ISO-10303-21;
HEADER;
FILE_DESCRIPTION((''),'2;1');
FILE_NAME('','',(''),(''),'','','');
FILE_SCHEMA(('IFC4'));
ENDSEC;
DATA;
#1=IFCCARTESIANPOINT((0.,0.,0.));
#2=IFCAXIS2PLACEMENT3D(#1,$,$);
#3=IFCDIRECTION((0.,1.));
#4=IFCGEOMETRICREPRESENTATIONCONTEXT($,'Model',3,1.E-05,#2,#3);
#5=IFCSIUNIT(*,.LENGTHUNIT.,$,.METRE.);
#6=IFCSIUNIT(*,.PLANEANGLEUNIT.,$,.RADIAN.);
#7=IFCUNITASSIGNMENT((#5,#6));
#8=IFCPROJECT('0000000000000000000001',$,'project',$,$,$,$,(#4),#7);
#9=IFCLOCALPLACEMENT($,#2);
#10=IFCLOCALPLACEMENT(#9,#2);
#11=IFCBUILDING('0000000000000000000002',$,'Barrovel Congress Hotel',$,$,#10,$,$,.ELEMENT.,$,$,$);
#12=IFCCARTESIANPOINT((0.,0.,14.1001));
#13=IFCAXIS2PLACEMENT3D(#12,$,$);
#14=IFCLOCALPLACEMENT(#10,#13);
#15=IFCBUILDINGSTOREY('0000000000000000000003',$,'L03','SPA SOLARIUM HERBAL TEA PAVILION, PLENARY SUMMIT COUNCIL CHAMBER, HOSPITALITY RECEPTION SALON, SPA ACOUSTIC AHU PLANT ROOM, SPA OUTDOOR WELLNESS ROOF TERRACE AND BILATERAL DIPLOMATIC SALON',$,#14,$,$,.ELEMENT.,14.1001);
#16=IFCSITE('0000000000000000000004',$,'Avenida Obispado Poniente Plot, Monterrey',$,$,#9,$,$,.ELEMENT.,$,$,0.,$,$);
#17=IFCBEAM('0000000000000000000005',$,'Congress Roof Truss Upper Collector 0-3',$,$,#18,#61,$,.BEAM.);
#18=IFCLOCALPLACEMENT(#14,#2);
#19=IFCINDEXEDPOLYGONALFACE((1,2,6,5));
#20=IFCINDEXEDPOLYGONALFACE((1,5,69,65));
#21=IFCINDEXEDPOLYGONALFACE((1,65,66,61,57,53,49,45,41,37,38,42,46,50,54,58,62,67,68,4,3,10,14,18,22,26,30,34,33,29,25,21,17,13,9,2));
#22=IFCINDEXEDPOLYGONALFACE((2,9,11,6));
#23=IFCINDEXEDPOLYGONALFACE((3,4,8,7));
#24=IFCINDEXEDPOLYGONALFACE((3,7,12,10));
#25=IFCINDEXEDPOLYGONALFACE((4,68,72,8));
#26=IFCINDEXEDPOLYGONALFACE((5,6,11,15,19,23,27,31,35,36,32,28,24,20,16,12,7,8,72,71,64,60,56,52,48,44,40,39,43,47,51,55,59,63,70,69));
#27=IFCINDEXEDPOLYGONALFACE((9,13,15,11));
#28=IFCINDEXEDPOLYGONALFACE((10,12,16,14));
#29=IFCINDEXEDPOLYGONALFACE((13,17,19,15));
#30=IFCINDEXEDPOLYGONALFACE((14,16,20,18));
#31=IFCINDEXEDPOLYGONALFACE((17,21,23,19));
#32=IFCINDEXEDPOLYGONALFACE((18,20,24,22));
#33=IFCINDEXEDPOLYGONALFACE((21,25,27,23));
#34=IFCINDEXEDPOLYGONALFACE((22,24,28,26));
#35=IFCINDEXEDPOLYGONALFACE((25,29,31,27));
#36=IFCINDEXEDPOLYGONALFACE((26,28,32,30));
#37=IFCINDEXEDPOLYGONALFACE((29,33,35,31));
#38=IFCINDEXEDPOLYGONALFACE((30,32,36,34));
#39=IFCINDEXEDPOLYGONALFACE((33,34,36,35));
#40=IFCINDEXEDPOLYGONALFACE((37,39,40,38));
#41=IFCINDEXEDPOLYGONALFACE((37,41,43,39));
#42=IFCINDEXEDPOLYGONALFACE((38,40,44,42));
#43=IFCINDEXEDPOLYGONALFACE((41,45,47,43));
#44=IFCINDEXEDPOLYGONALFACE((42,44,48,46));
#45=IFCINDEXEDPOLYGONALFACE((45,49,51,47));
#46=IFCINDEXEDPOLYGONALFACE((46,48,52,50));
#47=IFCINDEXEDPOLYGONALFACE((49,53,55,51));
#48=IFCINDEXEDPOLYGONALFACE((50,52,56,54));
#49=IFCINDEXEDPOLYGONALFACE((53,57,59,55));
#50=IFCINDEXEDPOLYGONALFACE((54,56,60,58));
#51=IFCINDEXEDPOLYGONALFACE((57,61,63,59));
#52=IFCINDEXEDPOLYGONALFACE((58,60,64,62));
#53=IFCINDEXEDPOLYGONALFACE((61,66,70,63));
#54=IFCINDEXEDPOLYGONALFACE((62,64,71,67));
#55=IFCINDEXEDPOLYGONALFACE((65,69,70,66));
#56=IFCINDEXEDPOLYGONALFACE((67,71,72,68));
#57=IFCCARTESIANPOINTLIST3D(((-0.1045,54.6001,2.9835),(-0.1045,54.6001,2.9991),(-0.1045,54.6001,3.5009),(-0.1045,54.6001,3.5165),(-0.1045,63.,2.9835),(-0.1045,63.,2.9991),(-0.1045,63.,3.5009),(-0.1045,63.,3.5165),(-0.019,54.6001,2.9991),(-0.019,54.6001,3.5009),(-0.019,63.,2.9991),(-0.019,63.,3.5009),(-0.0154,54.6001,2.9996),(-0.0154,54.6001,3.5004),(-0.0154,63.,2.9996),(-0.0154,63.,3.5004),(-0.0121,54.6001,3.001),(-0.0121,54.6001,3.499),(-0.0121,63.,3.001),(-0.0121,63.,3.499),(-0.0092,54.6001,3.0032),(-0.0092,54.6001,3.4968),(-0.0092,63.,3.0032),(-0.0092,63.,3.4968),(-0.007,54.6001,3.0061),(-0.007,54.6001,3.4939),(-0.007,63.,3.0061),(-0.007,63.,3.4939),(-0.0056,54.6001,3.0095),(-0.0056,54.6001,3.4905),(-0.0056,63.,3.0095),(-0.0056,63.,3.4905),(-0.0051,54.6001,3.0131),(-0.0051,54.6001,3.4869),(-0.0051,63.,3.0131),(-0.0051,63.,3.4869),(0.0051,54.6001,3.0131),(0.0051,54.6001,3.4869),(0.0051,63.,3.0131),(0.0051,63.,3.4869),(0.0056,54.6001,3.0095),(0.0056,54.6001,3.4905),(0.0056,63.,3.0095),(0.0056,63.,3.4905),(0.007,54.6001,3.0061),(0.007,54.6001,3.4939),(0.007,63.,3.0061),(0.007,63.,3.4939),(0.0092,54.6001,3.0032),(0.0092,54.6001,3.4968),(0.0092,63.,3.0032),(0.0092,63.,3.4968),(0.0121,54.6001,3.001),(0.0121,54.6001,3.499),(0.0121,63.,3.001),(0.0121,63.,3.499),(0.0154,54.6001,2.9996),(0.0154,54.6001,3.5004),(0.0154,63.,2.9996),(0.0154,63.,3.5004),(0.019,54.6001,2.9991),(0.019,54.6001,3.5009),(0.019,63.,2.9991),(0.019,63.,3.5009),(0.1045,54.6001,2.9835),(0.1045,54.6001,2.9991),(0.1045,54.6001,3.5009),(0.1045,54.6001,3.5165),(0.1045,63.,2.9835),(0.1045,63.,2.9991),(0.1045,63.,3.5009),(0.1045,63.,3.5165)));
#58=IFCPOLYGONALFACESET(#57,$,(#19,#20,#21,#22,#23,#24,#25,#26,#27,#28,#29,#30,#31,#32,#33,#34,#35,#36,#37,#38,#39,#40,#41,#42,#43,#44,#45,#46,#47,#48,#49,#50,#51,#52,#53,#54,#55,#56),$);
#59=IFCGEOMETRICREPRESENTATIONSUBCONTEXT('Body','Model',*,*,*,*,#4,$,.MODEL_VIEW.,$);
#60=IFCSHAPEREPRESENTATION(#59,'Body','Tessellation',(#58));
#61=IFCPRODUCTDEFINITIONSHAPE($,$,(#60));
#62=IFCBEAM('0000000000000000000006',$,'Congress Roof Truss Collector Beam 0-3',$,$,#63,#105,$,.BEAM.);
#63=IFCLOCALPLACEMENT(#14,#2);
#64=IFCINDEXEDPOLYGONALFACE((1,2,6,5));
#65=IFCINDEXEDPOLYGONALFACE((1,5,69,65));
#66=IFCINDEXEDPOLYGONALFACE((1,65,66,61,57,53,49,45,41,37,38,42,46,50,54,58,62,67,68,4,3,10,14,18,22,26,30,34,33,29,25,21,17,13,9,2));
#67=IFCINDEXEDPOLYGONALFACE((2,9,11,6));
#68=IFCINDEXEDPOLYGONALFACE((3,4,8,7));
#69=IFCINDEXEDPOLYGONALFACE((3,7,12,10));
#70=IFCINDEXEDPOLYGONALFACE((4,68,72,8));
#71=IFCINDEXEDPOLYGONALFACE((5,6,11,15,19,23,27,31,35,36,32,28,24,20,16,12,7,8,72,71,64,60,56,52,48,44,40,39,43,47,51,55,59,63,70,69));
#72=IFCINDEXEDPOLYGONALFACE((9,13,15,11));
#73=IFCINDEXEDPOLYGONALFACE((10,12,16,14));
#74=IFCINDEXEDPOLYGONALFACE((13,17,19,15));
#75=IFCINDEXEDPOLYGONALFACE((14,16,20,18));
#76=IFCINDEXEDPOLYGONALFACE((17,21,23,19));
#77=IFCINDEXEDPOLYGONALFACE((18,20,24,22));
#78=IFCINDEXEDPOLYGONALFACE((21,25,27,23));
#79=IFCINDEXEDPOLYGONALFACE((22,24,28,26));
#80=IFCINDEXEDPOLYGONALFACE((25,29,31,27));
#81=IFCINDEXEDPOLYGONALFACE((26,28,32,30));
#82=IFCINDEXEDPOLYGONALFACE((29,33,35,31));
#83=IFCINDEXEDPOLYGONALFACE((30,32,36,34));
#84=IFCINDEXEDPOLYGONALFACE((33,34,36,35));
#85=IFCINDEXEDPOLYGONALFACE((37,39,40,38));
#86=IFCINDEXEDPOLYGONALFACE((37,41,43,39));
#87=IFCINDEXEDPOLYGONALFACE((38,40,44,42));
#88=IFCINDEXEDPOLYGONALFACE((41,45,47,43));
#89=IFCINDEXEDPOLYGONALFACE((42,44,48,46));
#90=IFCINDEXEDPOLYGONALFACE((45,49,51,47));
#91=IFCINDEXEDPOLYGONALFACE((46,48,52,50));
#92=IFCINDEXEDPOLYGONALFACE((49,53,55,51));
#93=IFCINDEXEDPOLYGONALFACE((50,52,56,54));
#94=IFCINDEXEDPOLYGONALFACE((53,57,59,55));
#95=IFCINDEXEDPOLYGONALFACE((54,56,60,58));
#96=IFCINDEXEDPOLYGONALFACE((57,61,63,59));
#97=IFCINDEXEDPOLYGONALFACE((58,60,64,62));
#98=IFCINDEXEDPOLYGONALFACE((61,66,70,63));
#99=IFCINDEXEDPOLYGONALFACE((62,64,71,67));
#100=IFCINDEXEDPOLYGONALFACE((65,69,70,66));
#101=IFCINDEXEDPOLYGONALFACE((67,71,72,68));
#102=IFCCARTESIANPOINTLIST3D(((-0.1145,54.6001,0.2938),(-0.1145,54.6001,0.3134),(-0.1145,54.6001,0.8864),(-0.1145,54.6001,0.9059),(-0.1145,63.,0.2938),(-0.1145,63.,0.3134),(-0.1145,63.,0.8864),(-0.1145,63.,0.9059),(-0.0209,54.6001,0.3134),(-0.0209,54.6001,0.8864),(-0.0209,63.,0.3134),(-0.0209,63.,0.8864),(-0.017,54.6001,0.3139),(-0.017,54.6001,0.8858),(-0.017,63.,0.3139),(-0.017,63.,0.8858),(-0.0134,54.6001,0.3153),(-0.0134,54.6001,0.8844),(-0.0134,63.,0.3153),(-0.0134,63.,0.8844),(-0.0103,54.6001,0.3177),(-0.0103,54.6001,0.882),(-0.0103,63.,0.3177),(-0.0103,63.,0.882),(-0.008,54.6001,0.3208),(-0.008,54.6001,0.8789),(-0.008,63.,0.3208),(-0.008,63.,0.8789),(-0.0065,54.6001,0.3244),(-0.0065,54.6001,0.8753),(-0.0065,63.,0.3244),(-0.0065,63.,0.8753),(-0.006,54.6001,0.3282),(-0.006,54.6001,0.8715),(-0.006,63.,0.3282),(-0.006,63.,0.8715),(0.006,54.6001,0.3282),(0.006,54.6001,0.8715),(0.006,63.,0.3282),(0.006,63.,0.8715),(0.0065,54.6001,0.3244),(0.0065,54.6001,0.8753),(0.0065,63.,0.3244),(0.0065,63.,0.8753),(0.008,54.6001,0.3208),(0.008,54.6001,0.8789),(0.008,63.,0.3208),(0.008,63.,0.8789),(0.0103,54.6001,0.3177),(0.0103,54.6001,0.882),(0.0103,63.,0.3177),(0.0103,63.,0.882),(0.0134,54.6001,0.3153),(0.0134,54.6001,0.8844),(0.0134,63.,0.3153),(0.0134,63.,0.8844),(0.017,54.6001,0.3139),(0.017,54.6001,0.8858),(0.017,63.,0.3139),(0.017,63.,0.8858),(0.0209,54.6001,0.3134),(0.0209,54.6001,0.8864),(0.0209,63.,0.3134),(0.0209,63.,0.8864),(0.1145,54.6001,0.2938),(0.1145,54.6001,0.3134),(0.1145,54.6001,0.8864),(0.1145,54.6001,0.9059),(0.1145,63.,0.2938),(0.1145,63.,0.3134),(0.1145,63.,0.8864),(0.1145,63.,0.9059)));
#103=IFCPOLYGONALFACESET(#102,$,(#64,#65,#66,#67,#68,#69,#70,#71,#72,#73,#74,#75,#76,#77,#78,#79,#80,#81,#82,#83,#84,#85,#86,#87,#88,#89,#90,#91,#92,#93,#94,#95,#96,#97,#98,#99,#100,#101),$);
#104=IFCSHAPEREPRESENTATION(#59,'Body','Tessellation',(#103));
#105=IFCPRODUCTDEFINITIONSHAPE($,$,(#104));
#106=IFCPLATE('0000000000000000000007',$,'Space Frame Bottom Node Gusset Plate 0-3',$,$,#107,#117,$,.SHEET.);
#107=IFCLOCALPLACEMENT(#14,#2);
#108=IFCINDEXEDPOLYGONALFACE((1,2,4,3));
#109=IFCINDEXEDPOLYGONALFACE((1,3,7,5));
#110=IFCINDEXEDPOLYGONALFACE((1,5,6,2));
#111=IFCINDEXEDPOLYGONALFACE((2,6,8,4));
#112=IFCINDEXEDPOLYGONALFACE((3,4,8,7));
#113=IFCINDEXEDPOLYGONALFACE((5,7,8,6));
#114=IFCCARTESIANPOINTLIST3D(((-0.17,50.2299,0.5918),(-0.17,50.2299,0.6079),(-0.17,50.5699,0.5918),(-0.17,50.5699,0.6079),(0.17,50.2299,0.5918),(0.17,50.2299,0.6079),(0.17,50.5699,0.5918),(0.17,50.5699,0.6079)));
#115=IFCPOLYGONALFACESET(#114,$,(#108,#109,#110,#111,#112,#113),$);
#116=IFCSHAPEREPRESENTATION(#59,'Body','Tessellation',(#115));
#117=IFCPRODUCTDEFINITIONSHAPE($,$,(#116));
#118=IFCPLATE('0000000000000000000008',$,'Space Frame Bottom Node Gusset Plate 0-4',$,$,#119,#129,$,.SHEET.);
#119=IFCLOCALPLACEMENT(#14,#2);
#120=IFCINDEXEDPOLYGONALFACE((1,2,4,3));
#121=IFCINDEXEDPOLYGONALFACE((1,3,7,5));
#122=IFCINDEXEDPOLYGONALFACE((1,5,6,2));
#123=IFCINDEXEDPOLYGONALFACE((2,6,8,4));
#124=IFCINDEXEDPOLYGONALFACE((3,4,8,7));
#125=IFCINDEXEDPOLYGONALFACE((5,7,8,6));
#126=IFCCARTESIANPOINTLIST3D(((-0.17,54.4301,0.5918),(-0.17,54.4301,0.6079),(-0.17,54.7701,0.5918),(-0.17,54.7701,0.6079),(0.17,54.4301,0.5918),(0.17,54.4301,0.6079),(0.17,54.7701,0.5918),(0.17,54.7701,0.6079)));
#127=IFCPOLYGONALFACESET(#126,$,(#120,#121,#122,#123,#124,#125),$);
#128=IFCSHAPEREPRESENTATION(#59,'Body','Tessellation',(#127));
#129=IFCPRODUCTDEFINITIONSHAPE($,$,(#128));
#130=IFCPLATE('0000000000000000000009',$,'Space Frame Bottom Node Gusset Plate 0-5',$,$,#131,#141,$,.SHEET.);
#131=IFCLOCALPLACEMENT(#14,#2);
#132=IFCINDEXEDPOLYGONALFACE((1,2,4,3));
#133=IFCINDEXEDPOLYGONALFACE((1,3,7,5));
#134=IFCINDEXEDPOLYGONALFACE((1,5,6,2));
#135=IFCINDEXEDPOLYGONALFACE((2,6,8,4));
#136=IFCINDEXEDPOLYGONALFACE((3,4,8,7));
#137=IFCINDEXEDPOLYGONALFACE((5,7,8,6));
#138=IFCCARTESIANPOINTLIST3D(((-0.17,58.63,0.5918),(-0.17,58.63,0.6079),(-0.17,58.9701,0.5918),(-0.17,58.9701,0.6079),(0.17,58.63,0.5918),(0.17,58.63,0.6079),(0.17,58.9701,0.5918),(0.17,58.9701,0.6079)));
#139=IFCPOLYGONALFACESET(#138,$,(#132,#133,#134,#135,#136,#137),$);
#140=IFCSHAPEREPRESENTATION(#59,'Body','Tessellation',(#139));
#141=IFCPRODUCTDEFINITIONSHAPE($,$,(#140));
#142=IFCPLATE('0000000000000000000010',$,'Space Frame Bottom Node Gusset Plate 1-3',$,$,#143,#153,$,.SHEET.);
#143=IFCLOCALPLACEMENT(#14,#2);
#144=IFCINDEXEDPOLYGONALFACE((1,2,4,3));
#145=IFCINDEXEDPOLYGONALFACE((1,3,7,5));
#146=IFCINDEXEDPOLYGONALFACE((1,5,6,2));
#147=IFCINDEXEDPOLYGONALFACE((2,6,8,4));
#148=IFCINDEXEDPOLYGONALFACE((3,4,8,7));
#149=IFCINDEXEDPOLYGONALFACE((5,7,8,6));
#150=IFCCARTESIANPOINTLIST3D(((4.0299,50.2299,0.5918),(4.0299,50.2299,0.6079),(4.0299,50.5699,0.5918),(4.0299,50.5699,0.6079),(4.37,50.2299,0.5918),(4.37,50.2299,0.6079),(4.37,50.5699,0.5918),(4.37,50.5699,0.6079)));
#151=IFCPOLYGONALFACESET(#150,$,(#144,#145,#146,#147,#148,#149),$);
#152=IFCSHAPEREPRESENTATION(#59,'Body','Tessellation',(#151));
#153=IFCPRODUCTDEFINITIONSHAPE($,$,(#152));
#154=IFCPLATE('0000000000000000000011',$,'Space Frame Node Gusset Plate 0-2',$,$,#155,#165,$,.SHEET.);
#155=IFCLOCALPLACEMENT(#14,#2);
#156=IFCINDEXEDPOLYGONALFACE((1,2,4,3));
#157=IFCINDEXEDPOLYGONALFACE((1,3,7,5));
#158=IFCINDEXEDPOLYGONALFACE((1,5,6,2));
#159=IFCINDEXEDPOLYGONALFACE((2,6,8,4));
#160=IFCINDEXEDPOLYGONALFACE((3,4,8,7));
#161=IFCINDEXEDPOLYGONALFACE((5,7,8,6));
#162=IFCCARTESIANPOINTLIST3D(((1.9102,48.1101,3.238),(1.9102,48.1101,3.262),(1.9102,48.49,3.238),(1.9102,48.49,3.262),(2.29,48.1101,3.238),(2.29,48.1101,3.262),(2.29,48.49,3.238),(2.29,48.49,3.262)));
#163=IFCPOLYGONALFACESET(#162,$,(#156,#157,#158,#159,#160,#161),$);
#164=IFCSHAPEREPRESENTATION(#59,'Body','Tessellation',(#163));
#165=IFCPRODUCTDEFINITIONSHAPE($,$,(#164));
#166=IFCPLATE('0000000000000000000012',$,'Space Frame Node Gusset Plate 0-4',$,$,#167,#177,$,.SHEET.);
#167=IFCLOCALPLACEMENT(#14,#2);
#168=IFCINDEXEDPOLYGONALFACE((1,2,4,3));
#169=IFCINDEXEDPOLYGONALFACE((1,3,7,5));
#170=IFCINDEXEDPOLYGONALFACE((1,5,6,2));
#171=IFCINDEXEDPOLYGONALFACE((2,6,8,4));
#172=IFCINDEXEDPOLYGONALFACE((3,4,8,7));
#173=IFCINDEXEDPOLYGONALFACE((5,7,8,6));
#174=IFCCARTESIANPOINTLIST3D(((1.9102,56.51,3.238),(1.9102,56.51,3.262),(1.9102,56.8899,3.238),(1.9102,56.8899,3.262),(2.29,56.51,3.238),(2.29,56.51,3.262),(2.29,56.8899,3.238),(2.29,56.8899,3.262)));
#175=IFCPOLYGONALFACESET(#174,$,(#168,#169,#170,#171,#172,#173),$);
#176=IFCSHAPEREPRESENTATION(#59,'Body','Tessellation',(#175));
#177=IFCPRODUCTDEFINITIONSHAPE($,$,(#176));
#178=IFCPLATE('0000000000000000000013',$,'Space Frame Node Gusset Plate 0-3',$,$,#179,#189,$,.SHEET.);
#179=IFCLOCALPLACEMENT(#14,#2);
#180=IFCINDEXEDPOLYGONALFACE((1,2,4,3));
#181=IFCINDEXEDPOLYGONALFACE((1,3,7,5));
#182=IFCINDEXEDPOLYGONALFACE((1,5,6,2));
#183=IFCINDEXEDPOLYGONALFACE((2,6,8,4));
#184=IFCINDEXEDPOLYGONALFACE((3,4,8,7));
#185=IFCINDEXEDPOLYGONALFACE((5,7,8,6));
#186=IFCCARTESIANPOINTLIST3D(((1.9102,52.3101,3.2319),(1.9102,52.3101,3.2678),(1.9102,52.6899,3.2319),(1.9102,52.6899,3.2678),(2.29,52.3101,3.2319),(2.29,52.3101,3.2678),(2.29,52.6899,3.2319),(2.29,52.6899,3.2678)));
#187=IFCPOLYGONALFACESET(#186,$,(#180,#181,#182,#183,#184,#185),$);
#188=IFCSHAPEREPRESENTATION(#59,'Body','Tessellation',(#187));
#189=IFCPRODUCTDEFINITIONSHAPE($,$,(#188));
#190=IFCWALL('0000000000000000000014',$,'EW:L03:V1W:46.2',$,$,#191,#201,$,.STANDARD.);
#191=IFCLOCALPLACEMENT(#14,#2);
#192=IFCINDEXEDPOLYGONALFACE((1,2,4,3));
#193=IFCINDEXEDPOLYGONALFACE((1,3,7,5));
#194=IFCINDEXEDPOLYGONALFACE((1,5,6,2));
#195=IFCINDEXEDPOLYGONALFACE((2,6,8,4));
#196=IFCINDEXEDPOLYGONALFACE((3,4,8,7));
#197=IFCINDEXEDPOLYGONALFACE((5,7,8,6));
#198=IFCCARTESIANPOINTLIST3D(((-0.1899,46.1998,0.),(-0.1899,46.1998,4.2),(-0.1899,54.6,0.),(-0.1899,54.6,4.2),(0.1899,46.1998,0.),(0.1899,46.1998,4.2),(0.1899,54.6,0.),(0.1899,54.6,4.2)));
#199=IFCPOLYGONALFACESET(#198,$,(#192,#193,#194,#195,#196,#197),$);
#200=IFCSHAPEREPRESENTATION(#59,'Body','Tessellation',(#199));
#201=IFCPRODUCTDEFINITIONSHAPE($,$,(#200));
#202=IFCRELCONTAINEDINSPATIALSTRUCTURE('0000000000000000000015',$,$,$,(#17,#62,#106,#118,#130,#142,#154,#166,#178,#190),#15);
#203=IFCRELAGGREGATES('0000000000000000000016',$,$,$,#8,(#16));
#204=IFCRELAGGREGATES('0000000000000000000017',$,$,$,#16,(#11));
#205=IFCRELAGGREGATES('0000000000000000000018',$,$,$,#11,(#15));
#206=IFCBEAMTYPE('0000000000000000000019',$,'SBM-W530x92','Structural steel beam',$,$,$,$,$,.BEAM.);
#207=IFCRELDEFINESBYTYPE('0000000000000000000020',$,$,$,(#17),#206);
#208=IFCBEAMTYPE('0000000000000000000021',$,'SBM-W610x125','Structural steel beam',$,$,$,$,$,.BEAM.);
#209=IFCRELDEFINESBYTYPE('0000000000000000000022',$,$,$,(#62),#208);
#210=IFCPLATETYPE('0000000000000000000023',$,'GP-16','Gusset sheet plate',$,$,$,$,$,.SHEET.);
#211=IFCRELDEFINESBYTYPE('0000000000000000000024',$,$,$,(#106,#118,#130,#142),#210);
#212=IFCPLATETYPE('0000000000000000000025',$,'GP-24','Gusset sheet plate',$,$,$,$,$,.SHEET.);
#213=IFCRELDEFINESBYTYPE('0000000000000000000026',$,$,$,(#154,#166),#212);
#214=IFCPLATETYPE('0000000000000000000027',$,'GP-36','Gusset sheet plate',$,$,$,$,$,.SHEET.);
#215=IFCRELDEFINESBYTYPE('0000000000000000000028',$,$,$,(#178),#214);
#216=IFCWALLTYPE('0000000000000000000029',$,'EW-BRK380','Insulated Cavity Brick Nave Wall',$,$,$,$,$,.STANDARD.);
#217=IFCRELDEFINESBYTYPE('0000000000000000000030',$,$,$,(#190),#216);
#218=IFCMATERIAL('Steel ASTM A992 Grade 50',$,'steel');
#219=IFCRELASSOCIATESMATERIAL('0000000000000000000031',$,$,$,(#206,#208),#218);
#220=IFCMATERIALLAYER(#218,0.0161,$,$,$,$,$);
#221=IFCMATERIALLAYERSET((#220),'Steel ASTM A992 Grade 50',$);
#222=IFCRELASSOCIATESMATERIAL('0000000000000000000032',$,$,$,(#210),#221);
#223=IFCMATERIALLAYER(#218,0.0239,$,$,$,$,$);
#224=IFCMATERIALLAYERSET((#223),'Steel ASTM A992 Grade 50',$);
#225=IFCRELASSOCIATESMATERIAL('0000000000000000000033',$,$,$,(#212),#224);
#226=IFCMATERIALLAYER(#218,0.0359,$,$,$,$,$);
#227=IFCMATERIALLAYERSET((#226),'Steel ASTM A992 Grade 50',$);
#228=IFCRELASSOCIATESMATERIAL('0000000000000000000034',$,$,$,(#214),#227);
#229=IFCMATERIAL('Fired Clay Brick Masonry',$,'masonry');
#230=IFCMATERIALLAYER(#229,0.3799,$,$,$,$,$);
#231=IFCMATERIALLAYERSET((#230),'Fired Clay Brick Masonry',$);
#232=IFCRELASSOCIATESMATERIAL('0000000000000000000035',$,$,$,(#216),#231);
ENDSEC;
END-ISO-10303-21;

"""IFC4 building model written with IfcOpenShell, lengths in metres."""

from ifc_helpers import new_model, si_unit, direction, frame, frame_2d, origin, origin_2d, place, context, subcontext, project, spatial, rectangle, i_section, extrude, material, layer, layer_set, material_profile, profile_set, type_object, element, save


model = new_model("IFC4")

# Units and contexts
model_context = context("Model", 3, precision=1e-05, world=origin(), true_north=direction((0.0, 1.0)))
body_context = subcontext(model_context, "Body", "Model", "MODEL_VIEW")
ifc_project = project(units=[si_unit("LENGTHUNIT", "METRE"), si_unit("PLANEANGLEUNIT", "RADIAN")], contexts=[model_context])

# Site, building, storey
site_placement = place(None, origin())
site = spatial("IfcSite", under=ifc_project, at=site_placement, Name="Avenida Obispado Poniente Plot, Monterrey", CompositionType="ELEMENT", RefElevation=0.0)
building_placement = place(site_placement, origin())
building = spatial("IfcBuilding", under=site, at=building_placement, Name="Barrovel Congress Hotel", CompositionType="ELEMENT")
storey_placement = place(building_placement, frame((0.0, 0.0, 14.1001)))
storey = spatial("IfcBuildingStorey", under=building, at=storey_placement, Name="L03", Description="SPA SOLARIUM HERBAL TEA PAVILION, PLENARY SUMMIT COUNCIL CHAMBER, HOSPITALITY RECEPTION SALON, SPA ACOUSTIC AHU PLANT ROOM, SPA OUTDOOR WELLNESS ROOF TERRACE AND BILATERAL DIPLOMATIC SALON", CompositionType="ELEMENT", Elevation=14.1001)

# Beams
ifc_material_1 = material(Name="Steel ASTM A992 Grade 50", Category="steel")
ifc_material_profile_1 = material_profile(ifc_material_1, i_section(OverallWidth=0.209, OverallDepth=0.533, WebThickness=0.0103, FlangeThickness=0.0156, FilletRadius=0.0139, at=origin_2d()), Name="W530x92")
ifc_profile_set_1 = profile_set([ifc_material_profile_1], Name="Steel ASTM A992 Grade 50")
beam_type_1 = type_object("IfcBeamType", Name="SBM-W530x92", Description="Structural steel beam", PredefinedType="BEAM", material=ifc_profile_set_1)
beam_1_placement = place(storey_placement, frame((0.0, 54.6001, 3.25), z_axis=(0.0, 1.0, 0.0), x_axis=(-1.0, 0.0, 0.0)))
element("IfcBeam", 1, at=beam_1_placement, inside=storey, type_object=beam_type_1, Name="Congress Roof Truss Upper Collector 0-3", PredefinedType="BEAM", context=body_context, shape_type="SweptSolid", body=[
    extrude(i_section(OverallWidth=0.209, OverallDepth=0.533, WebThickness=0.0103, FlangeThickness=0.0156, FilletRadius=0.0139, at=origin_2d()), origin(), (0.0, 0.0, 1.0), 8.3999),
])
ifc_material_profile_2 = material_profile(ifc_material_1, i_section(OverallWidth=0.229, OverallDepth=0.6121, WebThickness=0.012, FlangeThickness=0.0195, FilletRadius=0.0149, at=origin_2d()), Name="W610x125")
ifc_profile_set_2 = profile_set([ifc_material_profile_2], Name="Steel ASTM A992 Grade 50")
beam_type_2 = type_object("IfcBeamType", Name="SBM-W610x125", Description="Structural steel beam", PredefinedType="BEAM", material=ifc_profile_set_2)
beam_2_placement = place(storey_placement, frame((0.0, 54.6001, 0.5999), z_axis=(0.0, 1.0, 0.0), x_axis=(-1.0, 0.0, 0.0)))
element("IfcBeam", 2, at=beam_2_placement, inside=storey, type_object=beam_type_2, Name="Congress Roof Truss Collector Beam 0-3", PredefinedType="BEAM", context=body_context, shape_type="SweptSolid", body=[
    extrude(i_section(OverallWidth=0.229, OverallDepth=0.6121, WebThickness=0.012, FlangeThickness=0.0195, FilletRadius=0.0149, at=origin_2d()), origin(), (0.0, 0.0, 1.0), 8.3999),
])

# Plates
ifc_layer_1 = layer(ifc_material_1, 0.0161)
ifc_layer_set_1 = layer_set([ifc_layer_1], Name="Steel ASTM A992 Grade 50")
plate_type_1 = type_object("IfcPlateType", Name="GP-16", Description="Gusset sheet plate", PredefinedType="SHEET", material=ifc_layer_set_1)
for number, where, z_axis, x_axis, name in (
    (3, (0.0, 50.3999, 0.5918), (0.0, 0.0, 1.0), (1.0, 0.0, 0.0), "Space Frame Bottom Node Gusset Plate 0-3"),
    (4, (0.0, 54.6001, 0.5918), (0.0, 0.0, 1.0), (1.0, 0.0, 0.0), "Space Frame Bottom Node Gusset Plate 0-4"),
    (5, (0.0, 58.8, 0.5918), (0.0, 0.0, 1.0), (1.0, 0.0, 0.0), "Space Frame Bottom Node Gusset Plate 0-5"),
    (6, (4.2, 50.3999, 0.5918), (0.0, 0.0, 1.0), (1.0, 0.0, 0.0), "Space Frame Bottom Node Gusset Plate 1-3"),
):
    element("IfcPlate", number, at=place(storey_placement, frame(where, z_axis=z_axis, x_axis=x_axis)), inside=storey, type_object=plate_type_1, Name=name, PredefinedType="SHEET", context=body_context, shape_type="SweptSolid", body=[
        extrude(rectangle(XDim=0.3401, YDim=0.3401, at=origin_2d()), origin(), (0.0, 0.0, 1.0), 0.0161),
    ])
ifc_layer_2 = layer(ifc_material_1, 0.0239)
ifc_layer_set_2 = layer_set([ifc_layer_2], Name="Steel ASTM A992 Grade 50")
plate_type_2 = type_object("IfcPlateType", Name="GP-24", Description="Gusset sheet plate", PredefinedType="SHEET", material=ifc_layer_set_2)
for number, where, z_axis, x_axis, name in (
    (7, (2.1001, 48.3, 3.238), (0.0, 0.0, 1.0), (1.0, 0.0, 0.0), "Space Frame Node Gusset Plate 0-2"),
    (8, (2.1001, 56.7, 3.238), (0.0, 0.0, 1.0), (1.0, 0.0, 0.0), "Space Frame Node Gusset Plate 0-4"),
):
    element("IfcPlate", number, at=place(storey_placement, frame(where, z_axis=z_axis, x_axis=x_axis)), inside=storey, type_object=plate_type_2, Name=name, PredefinedType="SHEET", context=body_context, shape_type="SweptSolid", body=[
        extrude(rectangle(XDim=0.3799, YDim=0.3799, at=origin_2d()), origin(), (0.0, 0.0, 1.0), 0.0239),
    ])
ifc_layer_3 = layer(ifc_material_1, 0.0359)
ifc_layer_set_3 = layer_set([ifc_layer_3], Name="Steel ASTM A992 Grade 50")
plate_type_3 = type_object("IfcPlateType", Name="GP-36", Description="Gusset sheet plate", PredefinedType="SHEET", material=ifc_layer_set_3)
plate_placement = place(storey_placement, frame((2.1001, 52.5, 3.2319), z_axis=(0.0, 0.0, 1.0), x_axis=(1.0, 0.0, 0.0)))
element("IfcPlate", 9, at=plate_placement, inside=storey, type_object=plate_type_3, Name="Space Frame Node Gusset Plate 0-3", PredefinedType="SHEET", context=body_context, shape_type="SweptSolid", body=[
    extrude(rectangle(XDim=0.3799, YDim=0.3799, at=origin_2d()), origin(), (0.0, 0.0, 1.0), 0.0359),
])

# Wall
ifc_material_2 = material(Name="Fired Clay Brick Masonry", Category="masonry")
ifc_layer_4 = layer(ifc_material_2, 0.3799)
ifc_layer_set_4 = layer_set([ifc_layer_4], Name="Fired Clay Brick Masonry")
wall_type = type_object("IfcWallType", Name="EW-BRK380", Description="Insulated Cavity Brick Nave Wall", PredefinedType="STANDARD", material=ifc_layer_set_4)
wall_placement = place(storey_placement, frame((0.0, 54.6001, 0.0), z_axis=(0.0, 0.0, 1.0), x_axis=(0.0, -1.0, 0.0)))
element("IfcWall", 10, at=wall_placement, inside=storey, type_object=wall_type, Name="EW:L03:V1W:46.2", PredefinedType="STANDARD", context=body_context, shape_type="SweptSolid", body=[
    extrude(rectangle(XDim=8.4001, YDim=0.3799, at=frame_2d((4.2002, 0.0))), origin(), (0.0, 0.0, 1.0), 4.2),
])

save(model, "model.ifc")
